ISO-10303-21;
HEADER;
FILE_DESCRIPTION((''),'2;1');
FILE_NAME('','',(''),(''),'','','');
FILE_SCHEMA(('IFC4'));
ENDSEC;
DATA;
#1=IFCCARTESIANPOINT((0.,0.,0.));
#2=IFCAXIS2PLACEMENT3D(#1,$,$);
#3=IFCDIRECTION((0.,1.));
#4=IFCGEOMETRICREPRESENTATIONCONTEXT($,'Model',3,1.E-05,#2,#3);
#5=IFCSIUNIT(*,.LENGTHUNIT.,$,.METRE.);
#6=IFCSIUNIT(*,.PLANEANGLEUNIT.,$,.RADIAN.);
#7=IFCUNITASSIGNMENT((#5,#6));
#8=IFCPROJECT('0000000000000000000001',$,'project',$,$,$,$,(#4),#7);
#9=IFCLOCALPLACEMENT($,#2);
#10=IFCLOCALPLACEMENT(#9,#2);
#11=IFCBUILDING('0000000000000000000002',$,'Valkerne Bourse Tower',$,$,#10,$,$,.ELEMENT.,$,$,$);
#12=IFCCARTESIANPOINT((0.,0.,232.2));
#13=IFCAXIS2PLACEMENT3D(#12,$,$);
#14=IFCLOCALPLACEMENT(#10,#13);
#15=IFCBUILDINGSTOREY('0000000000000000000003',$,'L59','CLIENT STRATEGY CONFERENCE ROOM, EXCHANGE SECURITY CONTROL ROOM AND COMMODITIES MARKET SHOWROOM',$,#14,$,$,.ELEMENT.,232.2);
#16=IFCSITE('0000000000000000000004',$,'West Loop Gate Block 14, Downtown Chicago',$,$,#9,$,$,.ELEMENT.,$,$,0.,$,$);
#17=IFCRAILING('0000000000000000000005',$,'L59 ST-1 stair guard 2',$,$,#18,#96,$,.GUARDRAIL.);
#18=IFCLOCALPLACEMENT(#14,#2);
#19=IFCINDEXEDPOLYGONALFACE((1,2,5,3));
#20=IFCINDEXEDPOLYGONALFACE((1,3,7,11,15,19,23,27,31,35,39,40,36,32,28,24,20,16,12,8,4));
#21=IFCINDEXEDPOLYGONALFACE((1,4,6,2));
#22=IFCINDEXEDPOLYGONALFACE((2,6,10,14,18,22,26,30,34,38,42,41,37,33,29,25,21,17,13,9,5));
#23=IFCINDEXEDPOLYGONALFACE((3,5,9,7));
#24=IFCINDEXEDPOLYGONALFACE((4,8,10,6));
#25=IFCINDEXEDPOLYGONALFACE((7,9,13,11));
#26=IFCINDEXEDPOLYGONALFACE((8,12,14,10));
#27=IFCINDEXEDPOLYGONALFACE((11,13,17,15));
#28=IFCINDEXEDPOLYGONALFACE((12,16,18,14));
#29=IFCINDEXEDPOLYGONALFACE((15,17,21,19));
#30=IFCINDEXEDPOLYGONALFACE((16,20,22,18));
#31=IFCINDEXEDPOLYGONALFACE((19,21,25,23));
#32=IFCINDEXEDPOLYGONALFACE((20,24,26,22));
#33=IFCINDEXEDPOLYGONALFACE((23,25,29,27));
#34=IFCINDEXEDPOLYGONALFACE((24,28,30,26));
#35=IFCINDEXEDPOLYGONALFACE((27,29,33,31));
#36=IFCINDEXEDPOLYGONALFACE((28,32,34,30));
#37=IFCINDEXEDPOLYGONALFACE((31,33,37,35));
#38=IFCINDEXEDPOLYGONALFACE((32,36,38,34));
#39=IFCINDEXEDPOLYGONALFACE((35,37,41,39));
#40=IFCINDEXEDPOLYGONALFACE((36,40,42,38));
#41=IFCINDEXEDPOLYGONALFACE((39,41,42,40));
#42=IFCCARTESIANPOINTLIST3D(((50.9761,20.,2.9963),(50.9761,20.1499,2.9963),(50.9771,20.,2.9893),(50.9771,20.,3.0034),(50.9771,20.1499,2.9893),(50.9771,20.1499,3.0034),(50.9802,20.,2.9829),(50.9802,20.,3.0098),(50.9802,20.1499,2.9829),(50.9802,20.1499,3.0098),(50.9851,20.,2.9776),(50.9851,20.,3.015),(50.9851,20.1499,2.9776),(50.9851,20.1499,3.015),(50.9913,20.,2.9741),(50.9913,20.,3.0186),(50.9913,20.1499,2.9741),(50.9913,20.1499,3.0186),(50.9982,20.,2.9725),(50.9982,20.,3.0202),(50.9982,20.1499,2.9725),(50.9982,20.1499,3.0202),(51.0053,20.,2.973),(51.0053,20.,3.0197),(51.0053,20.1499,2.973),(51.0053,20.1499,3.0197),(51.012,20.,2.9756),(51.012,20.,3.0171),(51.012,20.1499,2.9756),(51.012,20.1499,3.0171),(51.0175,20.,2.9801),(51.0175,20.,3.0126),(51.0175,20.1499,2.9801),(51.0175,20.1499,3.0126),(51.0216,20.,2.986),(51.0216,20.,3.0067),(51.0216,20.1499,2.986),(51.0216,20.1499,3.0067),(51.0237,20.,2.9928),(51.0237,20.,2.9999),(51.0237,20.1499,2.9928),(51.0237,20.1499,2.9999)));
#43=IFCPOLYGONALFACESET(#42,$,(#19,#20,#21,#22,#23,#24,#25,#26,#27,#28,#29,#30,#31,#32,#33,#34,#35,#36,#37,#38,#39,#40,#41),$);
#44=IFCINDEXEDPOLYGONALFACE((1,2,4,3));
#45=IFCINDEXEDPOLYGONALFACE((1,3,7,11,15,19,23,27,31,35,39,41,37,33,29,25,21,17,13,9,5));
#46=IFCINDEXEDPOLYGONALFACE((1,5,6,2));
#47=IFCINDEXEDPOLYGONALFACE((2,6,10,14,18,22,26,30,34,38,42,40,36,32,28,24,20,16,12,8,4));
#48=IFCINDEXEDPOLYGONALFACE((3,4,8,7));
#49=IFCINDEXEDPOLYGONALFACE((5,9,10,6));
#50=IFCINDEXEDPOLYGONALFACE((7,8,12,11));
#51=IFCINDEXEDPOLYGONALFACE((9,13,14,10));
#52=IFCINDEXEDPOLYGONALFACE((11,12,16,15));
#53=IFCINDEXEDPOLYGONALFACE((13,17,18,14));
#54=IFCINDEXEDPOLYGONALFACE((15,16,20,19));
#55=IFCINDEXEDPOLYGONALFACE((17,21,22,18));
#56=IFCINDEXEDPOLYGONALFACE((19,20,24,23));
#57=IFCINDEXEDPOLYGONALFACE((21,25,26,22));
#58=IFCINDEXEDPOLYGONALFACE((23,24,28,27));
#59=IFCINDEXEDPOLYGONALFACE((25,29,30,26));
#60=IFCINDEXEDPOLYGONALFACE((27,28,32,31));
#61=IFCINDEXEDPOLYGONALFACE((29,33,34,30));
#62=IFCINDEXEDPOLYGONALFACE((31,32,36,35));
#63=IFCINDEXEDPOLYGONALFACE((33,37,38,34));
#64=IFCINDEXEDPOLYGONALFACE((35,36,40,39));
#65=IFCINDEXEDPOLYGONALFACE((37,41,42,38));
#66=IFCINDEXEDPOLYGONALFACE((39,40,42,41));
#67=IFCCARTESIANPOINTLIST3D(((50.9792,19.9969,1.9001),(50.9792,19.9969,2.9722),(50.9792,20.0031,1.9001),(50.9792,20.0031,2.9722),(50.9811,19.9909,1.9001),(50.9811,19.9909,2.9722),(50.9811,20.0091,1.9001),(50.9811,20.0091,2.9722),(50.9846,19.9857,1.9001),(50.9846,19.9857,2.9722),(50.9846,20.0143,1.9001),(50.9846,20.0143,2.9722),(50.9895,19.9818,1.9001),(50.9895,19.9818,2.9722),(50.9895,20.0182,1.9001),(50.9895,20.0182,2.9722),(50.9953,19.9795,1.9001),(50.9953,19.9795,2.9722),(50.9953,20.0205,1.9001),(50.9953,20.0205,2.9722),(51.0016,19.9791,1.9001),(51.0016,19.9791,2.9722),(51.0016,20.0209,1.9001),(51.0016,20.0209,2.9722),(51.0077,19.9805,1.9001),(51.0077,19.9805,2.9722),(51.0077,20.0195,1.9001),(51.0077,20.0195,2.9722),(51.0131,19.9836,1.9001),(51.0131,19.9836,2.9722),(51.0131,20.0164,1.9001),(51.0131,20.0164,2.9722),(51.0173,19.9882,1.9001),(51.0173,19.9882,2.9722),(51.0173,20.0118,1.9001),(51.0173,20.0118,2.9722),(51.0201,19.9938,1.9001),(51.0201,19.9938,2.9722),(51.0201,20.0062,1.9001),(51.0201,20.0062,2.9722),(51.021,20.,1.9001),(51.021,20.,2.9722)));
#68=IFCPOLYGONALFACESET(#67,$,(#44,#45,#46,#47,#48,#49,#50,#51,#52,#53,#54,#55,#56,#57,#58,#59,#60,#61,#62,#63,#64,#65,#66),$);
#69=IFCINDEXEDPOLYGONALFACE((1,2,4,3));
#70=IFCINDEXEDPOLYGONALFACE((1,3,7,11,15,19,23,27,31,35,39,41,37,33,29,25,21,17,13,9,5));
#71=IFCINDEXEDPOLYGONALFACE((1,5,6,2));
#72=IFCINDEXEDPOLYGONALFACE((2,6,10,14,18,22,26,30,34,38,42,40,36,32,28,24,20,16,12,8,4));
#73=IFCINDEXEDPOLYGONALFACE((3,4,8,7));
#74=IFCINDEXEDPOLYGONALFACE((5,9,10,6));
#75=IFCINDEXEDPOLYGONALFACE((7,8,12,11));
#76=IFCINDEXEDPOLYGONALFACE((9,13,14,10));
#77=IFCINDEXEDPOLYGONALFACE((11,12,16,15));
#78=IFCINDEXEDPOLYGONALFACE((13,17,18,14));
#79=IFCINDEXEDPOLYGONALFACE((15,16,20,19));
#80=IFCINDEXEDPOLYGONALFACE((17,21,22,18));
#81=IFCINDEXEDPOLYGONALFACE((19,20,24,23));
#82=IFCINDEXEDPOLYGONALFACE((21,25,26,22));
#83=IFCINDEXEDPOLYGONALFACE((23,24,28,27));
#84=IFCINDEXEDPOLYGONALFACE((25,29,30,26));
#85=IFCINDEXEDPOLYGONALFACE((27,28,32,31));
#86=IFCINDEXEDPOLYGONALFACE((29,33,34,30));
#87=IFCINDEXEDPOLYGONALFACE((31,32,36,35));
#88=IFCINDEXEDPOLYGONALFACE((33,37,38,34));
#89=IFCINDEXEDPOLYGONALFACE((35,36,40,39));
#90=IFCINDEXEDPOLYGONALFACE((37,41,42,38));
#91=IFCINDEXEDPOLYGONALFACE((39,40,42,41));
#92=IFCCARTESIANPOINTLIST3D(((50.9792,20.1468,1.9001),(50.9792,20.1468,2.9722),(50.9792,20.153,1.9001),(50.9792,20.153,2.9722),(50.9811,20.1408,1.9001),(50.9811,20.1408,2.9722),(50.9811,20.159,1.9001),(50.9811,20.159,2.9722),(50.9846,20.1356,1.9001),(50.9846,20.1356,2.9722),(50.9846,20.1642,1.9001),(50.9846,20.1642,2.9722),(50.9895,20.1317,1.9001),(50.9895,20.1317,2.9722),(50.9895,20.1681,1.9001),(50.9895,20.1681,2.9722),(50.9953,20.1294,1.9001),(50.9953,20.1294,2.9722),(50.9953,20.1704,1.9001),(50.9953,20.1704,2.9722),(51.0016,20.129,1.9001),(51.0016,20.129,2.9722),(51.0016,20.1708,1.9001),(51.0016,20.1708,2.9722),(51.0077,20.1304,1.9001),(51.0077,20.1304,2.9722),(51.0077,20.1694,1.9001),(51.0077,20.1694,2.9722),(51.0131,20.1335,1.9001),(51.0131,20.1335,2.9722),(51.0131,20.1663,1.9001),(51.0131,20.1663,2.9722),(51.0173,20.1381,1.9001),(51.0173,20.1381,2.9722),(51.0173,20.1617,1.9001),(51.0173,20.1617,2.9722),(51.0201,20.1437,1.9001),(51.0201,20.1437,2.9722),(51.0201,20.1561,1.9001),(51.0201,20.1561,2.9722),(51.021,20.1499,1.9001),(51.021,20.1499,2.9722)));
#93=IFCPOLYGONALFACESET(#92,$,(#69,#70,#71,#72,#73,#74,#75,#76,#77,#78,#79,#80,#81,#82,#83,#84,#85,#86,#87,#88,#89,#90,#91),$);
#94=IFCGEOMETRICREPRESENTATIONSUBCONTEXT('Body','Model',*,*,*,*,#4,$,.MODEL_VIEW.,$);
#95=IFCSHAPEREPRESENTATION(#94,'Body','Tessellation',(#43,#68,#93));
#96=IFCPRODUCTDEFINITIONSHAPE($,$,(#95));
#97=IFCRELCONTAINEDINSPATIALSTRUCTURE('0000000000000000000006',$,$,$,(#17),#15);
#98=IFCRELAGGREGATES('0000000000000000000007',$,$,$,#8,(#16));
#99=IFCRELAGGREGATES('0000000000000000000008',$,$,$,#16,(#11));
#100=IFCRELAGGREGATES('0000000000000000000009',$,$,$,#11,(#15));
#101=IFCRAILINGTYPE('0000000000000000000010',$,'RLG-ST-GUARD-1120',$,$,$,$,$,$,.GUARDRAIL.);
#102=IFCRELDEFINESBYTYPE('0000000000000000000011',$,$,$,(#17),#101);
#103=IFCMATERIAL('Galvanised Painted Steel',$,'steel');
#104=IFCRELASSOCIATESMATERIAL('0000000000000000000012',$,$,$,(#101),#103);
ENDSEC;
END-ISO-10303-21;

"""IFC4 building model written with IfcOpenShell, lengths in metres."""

from ifc_helpers import new_model, si_unit, direction, frame, origin, origin_2d, place, context, subcontext, project, spatial, circle, extrude, material, type_object, element, save


model = new_model("IFC4")

# Units and contexts
model_context = context("Model", 3, precision=1e-05, world=origin(), true_north=direction((0.0, 1.0)))
body_context = subcontext(model_context, "Body", "Model", "MODEL_VIEW")
ifc_project = project(units=[si_unit("LENGTHUNIT", "METRE"), si_unit("PLANEANGLEUNIT", "RADIAN")], contexts=[model_context])

# Site, building, storey
site_placement = place(None, origin())
site = spatial("IfcSite", under=ifc_project, at=site_placement, Name="West Loop Gate Block 14, Downtown Chicago", CompositionType="ELEMENT", RefElevation=0.0)
building_placement = place(site_placement, origin())
building = spatial("IfcBuilding", under=site, at=building_placement, Name="Valkerne Bourse Tower", CompositionType="ELEMENT")
storey_placement = place(building_placement, frame((0.0, 0.0, 232.2)))
storey = spatial("IfcBuildingStorey", under=building, at=storey_placement, Name="L59", Description="CLIENT STRATEGY CONFERENCE ROOM, EXCHANGE SECURITY CONTROL ROOM AND COMMODITIES MARKET SHOWROOM", CompositionType="ELEMENT", Elevation=232.2)

# Shared definitions
ifc_material_1 = material(Name="Galvanised Painted Steel", Category="steel")

# Railing
railing_type_1 = type_object("IfcRailingType", Name="RLG-ST-GUARD-1120", PredefinedType="GUARDRAIL", material=ifc_material_1)
railing_1_placement = place(storey_placement, frame((51.0, 20.0, 1.9001)))
element("IfcRailing", 1, at=railing_1_placement, inside=storey, type_object=railing_type_1, Name="L59 ST-1 stair guard 2", PredefinedType="GUARDRAIL", context=body_context, shape_type="SweptSolid", body=[
    extrude(circle(Radius=0.0239, at=origin_2d()), frame((0.0, 0.0, 1.0962), z_axis=(0.0, 1.0, 0.0), x_axis=(-1.0, 0.0, 0.0)), (0.0, 0.0, 1.0), 0.1499),
    extrude(circle(Radius=0.021, at=origin_2d()), origin(), (0.0, 0.0, 1.0), 1.072),
    extrude(circle(Radius=0.021, at=origin_2d()), frame((0.0, 0.1499, 0.0)), (0.0, 0.0, 1.0), 1.072),
])

save(model, "model.ifc")
